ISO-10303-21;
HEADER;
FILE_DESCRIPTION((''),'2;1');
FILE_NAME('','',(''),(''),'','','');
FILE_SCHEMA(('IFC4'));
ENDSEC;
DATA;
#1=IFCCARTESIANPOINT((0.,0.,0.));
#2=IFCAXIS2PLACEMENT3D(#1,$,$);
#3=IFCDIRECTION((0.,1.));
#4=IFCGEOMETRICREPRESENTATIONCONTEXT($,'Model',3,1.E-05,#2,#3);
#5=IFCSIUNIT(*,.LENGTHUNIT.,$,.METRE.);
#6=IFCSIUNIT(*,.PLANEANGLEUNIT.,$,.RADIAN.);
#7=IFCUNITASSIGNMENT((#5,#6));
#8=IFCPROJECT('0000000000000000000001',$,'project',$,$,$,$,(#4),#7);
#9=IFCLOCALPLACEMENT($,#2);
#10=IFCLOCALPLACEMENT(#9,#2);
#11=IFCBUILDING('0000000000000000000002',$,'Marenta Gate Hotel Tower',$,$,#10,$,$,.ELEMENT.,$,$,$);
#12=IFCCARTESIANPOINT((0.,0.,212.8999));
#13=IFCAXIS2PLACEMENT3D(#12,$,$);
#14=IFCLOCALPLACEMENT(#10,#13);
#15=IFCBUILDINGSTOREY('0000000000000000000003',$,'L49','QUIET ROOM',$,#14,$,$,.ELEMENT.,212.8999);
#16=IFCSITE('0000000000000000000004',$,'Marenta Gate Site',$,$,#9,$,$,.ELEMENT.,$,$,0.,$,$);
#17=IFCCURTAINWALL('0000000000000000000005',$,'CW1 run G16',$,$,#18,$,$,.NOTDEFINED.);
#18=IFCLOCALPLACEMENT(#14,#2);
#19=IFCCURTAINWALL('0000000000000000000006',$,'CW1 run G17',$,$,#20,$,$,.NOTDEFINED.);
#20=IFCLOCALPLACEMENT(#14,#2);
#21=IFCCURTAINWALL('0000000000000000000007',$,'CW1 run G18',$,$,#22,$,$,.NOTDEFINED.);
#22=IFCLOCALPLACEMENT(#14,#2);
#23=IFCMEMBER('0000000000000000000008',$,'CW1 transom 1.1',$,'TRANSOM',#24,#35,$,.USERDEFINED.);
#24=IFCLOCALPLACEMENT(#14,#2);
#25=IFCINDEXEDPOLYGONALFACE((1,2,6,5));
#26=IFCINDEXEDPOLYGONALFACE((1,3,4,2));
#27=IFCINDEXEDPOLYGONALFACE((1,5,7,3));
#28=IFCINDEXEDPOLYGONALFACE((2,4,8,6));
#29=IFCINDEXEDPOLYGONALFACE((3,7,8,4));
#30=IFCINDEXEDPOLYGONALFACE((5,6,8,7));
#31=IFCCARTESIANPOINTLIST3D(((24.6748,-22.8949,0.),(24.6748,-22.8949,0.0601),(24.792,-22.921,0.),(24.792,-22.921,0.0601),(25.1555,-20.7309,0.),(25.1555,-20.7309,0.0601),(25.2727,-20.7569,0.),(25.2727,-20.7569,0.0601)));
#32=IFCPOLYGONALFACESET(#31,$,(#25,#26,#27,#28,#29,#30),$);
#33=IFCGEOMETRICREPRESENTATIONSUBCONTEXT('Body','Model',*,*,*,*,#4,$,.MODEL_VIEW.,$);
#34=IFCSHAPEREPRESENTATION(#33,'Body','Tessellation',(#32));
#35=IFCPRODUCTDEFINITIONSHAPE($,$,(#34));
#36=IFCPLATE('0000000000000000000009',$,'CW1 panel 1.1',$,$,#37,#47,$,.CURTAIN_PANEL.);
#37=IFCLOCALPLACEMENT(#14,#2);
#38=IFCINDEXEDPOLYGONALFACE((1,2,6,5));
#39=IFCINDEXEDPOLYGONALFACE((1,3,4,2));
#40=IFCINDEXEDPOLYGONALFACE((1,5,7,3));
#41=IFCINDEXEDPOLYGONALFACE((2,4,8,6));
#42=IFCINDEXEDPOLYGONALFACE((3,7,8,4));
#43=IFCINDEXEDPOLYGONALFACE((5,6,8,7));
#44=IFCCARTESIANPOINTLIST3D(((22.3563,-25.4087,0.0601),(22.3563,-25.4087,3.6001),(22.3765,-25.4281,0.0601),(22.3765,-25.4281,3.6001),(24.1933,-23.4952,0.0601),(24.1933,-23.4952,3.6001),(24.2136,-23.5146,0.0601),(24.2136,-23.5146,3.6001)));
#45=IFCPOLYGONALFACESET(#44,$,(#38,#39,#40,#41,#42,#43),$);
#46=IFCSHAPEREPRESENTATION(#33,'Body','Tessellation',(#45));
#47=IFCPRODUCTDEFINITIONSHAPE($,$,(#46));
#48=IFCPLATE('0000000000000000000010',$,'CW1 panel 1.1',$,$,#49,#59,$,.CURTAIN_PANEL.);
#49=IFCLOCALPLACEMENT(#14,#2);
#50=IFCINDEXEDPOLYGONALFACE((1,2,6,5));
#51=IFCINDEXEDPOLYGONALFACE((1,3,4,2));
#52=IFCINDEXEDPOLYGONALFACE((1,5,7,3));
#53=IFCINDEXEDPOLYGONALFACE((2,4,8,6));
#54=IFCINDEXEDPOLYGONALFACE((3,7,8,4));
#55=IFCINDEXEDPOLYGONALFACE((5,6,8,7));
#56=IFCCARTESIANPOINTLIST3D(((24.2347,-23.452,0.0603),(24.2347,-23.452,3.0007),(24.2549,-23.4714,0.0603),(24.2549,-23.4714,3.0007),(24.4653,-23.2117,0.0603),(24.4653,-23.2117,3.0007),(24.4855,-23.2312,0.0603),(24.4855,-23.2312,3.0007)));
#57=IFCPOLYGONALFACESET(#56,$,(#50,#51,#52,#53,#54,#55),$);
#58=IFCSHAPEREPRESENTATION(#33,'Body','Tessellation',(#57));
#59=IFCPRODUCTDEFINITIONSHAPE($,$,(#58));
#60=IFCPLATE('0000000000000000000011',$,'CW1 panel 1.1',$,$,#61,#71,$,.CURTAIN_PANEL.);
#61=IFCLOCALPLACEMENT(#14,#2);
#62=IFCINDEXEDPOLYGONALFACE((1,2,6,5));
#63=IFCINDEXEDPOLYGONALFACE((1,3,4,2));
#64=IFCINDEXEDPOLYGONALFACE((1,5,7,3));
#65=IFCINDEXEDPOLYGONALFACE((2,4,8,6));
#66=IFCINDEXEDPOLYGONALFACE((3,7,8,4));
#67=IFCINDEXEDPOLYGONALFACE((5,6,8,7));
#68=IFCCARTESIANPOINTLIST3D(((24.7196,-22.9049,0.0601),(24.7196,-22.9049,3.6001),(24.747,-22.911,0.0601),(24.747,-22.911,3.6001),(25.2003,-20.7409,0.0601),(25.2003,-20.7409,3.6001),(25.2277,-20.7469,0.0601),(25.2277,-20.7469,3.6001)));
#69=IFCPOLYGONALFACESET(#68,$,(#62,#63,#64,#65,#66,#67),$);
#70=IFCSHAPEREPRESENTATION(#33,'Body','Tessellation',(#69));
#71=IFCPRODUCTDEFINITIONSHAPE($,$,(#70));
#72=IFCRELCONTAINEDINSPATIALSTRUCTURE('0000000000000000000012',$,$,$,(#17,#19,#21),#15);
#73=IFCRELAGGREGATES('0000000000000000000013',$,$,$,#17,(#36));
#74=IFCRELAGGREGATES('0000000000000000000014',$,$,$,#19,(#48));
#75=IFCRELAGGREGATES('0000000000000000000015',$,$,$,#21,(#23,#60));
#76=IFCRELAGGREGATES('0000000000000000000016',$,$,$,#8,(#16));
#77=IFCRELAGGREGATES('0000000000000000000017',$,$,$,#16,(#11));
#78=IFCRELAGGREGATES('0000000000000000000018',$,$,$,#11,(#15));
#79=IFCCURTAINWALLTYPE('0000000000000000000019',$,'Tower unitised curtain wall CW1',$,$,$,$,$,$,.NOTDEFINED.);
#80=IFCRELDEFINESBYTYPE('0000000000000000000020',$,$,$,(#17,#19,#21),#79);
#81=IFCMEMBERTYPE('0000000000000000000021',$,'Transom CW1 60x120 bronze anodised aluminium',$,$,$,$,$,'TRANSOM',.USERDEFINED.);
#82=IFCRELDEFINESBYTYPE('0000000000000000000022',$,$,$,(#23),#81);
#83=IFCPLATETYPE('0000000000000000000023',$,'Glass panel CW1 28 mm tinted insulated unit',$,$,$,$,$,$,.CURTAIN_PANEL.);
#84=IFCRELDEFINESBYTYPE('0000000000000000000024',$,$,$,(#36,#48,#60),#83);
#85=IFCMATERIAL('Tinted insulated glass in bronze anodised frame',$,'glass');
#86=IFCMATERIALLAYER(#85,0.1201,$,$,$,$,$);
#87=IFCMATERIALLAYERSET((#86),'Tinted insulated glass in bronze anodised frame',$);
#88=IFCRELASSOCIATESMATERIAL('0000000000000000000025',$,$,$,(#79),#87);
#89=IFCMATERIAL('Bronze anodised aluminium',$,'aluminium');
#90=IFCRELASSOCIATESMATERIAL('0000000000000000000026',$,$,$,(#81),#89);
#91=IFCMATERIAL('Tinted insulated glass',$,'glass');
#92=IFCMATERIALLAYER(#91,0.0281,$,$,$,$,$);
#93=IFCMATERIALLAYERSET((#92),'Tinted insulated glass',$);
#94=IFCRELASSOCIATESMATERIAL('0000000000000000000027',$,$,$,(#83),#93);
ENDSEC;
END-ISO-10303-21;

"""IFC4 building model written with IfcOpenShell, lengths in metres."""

from ifc_helpers import new_model, si_unit, direction, frame, origin, origin_2d, place, context, subcontext, project, spatial, rectangle, extrude, material, layer, layer_set, material_profile, profile_set, type_object, element, aggregate, save


model = new_model("IFC4")

# Units and contexts
model_context = context("Model", 3, precision=1e-05, world=origin(), true_north=direction((0.0, 1.0)))
body_context = subcontext(model_context, "Body", "Model", "MODEL_VIEW")
ifc_project = project(units=[si_unit("LENGTHUNIT", "METRE"), si_unit("PLANEANGLEUNIT", "RADIAN")], contexts=[model_context])

# Site, building, storey
site_placement = place(None, origin())
site = spatial("IfcSite", under=ifc_project, at=site_placement, Name="Marenta Gate Site", CompositionType="ELEMENT", RefElevation=0.0)
building_placement = place(site_placement, origin())
building = spatial("IfcBuilding", under=site, at=building_placement, Name="Marenta Gate Hotel Tower", CompositionType="ELEMENT")
storey_placement = place(building_placement, frame((0.0, 0.0, 212.8999)))
storey = spatial("IfcBuildingStorey", under=building, at=storey_placement, Name="L49", Description="QUIET ROOM", CompositionType="ELEMENT", Elevation=212.8999)

# Curtain wall
ifc_material_1 = material(Name="Tinted insulated glass in bronze anodised frame", Category="glass")
ifc_layer_1 = layer(ifc_material_1, 0.1201)
ifc_layer_set_1 = layer_set([ifc_layer_1], Name="Tinted insulated glass in bronze anodised frame")
curtain_wall_type = type_object("IfcCurtainWallType", Name="Tower unitised curtain wall CW1", PredefinedType="NOTDEFINED", material=ifc_layer_set_1)
curtain_wall_1_placement = place(storey_placement, origin())
curtain_wall_1 = element("IfcCurtainWall", 1, at=curtain_wall_1_placement, inside=storey, type_object=curtain_wall_type, Name="CW1 run G16", PredefinedType="NOTDEFINED")

# Curtain wall
curtain_wall_2_placement = place(storey_placement, origin())
curtain_wall_2 = element("IfcCurtainWall", 2, at=curtain_wall_2_placement, inside=storey, type_object=curtain_wall_type, Name="CW1 run G17", PredefinedType="NOTDEFINED")

# Curtain wall
curtain_wall_3_placement = place(storey_placement, origin())
curtain_wall_3 = element("IfcCurtainWall", 3, at=curtain_wall_3_placement, inside=storey, type_object=curtain_wall_type, Name="CW1 run G18", PredefinedType="NOTDEFINED")

# Member
ifc_material_2 = material(Name="Bronze anodised aluminium", Category="aluminium")
ifc_material_profile_1 = material_profile(ifc_material_2, rectangle(XDim=0.1201, YDim=0.0601, at=origin_2d()), Name="Transom CW1 60x120 bronze anodised aluminium")
ifc_profile_set_1 = profile_set([ifc_material_profile_1], Name="Bronze anodised aluminium")
member_type_1 = type_object("IfcMemberType", Name="Transom CW1 60x120 bronze anodised aluminium", ElementType="TRANSOM", PredefinedType="USERDEFINED", material=ifc_profile_set_1)
member_1_placement = place(storey_placement, frame((24.7334, -22.908, 0.03), z_axis=(0.216849, 0.976205, 0.0), x_axis=(-0.976205, 0.216849, 0.0)))
member_1 = element("IfcMember", 4, at=member_1_placement, type_object=member_type_1, Name="CW1 transom 1.1", ObjectType="TRANSOM", PredefinedType="USERDEFINED", context=body_context, shape_type="SweptSolid", body=[
    extrude(rectangle(XDim=0.1201, YDim=0.0601, at=origin_2d()), origin(), (0.0, 0.0, 1.0), 2.2168),
])

# Plates
ifc_material_3 = material(Name="Tinted insulated glass", Category="glass")
ifc_layer_2 = layer(ifc_material_3, 0.0281)
ifc_layer_set_2 = layer_set([ifc_layer_2], Name="Tinted insulated glass")
plate_type = type_object("IfcPlateType", Name="Glass panel CW1 28 mm tinted insulated unit", PredefinedType="CURTAIN_PANEL", material=ifc_layer_set_2)
plate_1_placement = place(storey_placement, frame((23.2849, -24.4617, 0.0601), z_axis=(0.0, 0.0, 1.0), x_axis=(0.692545, 0.721375, 0.0)))
plate_1 = element("IfcPlate", 5, at=plate_1_placement, type_object=plate_type, Name="CW1 panel 1.1", PredefinedType="CURTAIN_PANEL", context=body_context, shape_type="SweptSolid", body=[
    extrude(rectangle(XDim=2.6526, YDim=0.0281, at=origin_2d()), origin(), (0.0, 0.0, 1.0), 3.54),
])
aggregate(curtain_wall_1, [plate_1])
plate_2_placement = place(storey_placement, frame((24.3601, -23.3416, 0.0603), z_axis=(0.0, 0.0, 1.0), x_axis=(0.6925, 0.721418, 0.0)))
plate_2 = element("IfcPlate", 6, at=plate_2_placement, type_object=plate_type, Name="CW1 panel 1.1", PredefinedType="CURTAIN_PANEL", context=body_context, shape_type="SweptSolid", body=[
    extrude(rectangle(XDim=0.333, YDim=0.0281, at=origin_2d()), origin(), (0.0, 0.0, 1.0), 2.9404),
])
aggregate(curtain_wall_2, [plate_2])
plate_3_placement = place(storey_placement, frame((24.9736, -21.8259, 0.0601), z_axis=(0.0, 0.0, 1.0), x_axis=(0.216842, 0.976207, 0.0)))
plate_3 = element("IfcPlate", 7, at=plate_3_placement, type_object=plate_type, Name="CW1 panel 1.1", PredefinedType="CURTAIN_PANEL", context=body_context, shape_type="SweptSolid", body=[
    extrude(rectangle(XDim=2.2168, YDim=0.0281, at=origin_2d()), origin(), (0.0, 0.0, 1.0), 3.54),
])
aggregate(curtain_wall_3, [member_1, plate_3])

save(model, "model.ifc")
